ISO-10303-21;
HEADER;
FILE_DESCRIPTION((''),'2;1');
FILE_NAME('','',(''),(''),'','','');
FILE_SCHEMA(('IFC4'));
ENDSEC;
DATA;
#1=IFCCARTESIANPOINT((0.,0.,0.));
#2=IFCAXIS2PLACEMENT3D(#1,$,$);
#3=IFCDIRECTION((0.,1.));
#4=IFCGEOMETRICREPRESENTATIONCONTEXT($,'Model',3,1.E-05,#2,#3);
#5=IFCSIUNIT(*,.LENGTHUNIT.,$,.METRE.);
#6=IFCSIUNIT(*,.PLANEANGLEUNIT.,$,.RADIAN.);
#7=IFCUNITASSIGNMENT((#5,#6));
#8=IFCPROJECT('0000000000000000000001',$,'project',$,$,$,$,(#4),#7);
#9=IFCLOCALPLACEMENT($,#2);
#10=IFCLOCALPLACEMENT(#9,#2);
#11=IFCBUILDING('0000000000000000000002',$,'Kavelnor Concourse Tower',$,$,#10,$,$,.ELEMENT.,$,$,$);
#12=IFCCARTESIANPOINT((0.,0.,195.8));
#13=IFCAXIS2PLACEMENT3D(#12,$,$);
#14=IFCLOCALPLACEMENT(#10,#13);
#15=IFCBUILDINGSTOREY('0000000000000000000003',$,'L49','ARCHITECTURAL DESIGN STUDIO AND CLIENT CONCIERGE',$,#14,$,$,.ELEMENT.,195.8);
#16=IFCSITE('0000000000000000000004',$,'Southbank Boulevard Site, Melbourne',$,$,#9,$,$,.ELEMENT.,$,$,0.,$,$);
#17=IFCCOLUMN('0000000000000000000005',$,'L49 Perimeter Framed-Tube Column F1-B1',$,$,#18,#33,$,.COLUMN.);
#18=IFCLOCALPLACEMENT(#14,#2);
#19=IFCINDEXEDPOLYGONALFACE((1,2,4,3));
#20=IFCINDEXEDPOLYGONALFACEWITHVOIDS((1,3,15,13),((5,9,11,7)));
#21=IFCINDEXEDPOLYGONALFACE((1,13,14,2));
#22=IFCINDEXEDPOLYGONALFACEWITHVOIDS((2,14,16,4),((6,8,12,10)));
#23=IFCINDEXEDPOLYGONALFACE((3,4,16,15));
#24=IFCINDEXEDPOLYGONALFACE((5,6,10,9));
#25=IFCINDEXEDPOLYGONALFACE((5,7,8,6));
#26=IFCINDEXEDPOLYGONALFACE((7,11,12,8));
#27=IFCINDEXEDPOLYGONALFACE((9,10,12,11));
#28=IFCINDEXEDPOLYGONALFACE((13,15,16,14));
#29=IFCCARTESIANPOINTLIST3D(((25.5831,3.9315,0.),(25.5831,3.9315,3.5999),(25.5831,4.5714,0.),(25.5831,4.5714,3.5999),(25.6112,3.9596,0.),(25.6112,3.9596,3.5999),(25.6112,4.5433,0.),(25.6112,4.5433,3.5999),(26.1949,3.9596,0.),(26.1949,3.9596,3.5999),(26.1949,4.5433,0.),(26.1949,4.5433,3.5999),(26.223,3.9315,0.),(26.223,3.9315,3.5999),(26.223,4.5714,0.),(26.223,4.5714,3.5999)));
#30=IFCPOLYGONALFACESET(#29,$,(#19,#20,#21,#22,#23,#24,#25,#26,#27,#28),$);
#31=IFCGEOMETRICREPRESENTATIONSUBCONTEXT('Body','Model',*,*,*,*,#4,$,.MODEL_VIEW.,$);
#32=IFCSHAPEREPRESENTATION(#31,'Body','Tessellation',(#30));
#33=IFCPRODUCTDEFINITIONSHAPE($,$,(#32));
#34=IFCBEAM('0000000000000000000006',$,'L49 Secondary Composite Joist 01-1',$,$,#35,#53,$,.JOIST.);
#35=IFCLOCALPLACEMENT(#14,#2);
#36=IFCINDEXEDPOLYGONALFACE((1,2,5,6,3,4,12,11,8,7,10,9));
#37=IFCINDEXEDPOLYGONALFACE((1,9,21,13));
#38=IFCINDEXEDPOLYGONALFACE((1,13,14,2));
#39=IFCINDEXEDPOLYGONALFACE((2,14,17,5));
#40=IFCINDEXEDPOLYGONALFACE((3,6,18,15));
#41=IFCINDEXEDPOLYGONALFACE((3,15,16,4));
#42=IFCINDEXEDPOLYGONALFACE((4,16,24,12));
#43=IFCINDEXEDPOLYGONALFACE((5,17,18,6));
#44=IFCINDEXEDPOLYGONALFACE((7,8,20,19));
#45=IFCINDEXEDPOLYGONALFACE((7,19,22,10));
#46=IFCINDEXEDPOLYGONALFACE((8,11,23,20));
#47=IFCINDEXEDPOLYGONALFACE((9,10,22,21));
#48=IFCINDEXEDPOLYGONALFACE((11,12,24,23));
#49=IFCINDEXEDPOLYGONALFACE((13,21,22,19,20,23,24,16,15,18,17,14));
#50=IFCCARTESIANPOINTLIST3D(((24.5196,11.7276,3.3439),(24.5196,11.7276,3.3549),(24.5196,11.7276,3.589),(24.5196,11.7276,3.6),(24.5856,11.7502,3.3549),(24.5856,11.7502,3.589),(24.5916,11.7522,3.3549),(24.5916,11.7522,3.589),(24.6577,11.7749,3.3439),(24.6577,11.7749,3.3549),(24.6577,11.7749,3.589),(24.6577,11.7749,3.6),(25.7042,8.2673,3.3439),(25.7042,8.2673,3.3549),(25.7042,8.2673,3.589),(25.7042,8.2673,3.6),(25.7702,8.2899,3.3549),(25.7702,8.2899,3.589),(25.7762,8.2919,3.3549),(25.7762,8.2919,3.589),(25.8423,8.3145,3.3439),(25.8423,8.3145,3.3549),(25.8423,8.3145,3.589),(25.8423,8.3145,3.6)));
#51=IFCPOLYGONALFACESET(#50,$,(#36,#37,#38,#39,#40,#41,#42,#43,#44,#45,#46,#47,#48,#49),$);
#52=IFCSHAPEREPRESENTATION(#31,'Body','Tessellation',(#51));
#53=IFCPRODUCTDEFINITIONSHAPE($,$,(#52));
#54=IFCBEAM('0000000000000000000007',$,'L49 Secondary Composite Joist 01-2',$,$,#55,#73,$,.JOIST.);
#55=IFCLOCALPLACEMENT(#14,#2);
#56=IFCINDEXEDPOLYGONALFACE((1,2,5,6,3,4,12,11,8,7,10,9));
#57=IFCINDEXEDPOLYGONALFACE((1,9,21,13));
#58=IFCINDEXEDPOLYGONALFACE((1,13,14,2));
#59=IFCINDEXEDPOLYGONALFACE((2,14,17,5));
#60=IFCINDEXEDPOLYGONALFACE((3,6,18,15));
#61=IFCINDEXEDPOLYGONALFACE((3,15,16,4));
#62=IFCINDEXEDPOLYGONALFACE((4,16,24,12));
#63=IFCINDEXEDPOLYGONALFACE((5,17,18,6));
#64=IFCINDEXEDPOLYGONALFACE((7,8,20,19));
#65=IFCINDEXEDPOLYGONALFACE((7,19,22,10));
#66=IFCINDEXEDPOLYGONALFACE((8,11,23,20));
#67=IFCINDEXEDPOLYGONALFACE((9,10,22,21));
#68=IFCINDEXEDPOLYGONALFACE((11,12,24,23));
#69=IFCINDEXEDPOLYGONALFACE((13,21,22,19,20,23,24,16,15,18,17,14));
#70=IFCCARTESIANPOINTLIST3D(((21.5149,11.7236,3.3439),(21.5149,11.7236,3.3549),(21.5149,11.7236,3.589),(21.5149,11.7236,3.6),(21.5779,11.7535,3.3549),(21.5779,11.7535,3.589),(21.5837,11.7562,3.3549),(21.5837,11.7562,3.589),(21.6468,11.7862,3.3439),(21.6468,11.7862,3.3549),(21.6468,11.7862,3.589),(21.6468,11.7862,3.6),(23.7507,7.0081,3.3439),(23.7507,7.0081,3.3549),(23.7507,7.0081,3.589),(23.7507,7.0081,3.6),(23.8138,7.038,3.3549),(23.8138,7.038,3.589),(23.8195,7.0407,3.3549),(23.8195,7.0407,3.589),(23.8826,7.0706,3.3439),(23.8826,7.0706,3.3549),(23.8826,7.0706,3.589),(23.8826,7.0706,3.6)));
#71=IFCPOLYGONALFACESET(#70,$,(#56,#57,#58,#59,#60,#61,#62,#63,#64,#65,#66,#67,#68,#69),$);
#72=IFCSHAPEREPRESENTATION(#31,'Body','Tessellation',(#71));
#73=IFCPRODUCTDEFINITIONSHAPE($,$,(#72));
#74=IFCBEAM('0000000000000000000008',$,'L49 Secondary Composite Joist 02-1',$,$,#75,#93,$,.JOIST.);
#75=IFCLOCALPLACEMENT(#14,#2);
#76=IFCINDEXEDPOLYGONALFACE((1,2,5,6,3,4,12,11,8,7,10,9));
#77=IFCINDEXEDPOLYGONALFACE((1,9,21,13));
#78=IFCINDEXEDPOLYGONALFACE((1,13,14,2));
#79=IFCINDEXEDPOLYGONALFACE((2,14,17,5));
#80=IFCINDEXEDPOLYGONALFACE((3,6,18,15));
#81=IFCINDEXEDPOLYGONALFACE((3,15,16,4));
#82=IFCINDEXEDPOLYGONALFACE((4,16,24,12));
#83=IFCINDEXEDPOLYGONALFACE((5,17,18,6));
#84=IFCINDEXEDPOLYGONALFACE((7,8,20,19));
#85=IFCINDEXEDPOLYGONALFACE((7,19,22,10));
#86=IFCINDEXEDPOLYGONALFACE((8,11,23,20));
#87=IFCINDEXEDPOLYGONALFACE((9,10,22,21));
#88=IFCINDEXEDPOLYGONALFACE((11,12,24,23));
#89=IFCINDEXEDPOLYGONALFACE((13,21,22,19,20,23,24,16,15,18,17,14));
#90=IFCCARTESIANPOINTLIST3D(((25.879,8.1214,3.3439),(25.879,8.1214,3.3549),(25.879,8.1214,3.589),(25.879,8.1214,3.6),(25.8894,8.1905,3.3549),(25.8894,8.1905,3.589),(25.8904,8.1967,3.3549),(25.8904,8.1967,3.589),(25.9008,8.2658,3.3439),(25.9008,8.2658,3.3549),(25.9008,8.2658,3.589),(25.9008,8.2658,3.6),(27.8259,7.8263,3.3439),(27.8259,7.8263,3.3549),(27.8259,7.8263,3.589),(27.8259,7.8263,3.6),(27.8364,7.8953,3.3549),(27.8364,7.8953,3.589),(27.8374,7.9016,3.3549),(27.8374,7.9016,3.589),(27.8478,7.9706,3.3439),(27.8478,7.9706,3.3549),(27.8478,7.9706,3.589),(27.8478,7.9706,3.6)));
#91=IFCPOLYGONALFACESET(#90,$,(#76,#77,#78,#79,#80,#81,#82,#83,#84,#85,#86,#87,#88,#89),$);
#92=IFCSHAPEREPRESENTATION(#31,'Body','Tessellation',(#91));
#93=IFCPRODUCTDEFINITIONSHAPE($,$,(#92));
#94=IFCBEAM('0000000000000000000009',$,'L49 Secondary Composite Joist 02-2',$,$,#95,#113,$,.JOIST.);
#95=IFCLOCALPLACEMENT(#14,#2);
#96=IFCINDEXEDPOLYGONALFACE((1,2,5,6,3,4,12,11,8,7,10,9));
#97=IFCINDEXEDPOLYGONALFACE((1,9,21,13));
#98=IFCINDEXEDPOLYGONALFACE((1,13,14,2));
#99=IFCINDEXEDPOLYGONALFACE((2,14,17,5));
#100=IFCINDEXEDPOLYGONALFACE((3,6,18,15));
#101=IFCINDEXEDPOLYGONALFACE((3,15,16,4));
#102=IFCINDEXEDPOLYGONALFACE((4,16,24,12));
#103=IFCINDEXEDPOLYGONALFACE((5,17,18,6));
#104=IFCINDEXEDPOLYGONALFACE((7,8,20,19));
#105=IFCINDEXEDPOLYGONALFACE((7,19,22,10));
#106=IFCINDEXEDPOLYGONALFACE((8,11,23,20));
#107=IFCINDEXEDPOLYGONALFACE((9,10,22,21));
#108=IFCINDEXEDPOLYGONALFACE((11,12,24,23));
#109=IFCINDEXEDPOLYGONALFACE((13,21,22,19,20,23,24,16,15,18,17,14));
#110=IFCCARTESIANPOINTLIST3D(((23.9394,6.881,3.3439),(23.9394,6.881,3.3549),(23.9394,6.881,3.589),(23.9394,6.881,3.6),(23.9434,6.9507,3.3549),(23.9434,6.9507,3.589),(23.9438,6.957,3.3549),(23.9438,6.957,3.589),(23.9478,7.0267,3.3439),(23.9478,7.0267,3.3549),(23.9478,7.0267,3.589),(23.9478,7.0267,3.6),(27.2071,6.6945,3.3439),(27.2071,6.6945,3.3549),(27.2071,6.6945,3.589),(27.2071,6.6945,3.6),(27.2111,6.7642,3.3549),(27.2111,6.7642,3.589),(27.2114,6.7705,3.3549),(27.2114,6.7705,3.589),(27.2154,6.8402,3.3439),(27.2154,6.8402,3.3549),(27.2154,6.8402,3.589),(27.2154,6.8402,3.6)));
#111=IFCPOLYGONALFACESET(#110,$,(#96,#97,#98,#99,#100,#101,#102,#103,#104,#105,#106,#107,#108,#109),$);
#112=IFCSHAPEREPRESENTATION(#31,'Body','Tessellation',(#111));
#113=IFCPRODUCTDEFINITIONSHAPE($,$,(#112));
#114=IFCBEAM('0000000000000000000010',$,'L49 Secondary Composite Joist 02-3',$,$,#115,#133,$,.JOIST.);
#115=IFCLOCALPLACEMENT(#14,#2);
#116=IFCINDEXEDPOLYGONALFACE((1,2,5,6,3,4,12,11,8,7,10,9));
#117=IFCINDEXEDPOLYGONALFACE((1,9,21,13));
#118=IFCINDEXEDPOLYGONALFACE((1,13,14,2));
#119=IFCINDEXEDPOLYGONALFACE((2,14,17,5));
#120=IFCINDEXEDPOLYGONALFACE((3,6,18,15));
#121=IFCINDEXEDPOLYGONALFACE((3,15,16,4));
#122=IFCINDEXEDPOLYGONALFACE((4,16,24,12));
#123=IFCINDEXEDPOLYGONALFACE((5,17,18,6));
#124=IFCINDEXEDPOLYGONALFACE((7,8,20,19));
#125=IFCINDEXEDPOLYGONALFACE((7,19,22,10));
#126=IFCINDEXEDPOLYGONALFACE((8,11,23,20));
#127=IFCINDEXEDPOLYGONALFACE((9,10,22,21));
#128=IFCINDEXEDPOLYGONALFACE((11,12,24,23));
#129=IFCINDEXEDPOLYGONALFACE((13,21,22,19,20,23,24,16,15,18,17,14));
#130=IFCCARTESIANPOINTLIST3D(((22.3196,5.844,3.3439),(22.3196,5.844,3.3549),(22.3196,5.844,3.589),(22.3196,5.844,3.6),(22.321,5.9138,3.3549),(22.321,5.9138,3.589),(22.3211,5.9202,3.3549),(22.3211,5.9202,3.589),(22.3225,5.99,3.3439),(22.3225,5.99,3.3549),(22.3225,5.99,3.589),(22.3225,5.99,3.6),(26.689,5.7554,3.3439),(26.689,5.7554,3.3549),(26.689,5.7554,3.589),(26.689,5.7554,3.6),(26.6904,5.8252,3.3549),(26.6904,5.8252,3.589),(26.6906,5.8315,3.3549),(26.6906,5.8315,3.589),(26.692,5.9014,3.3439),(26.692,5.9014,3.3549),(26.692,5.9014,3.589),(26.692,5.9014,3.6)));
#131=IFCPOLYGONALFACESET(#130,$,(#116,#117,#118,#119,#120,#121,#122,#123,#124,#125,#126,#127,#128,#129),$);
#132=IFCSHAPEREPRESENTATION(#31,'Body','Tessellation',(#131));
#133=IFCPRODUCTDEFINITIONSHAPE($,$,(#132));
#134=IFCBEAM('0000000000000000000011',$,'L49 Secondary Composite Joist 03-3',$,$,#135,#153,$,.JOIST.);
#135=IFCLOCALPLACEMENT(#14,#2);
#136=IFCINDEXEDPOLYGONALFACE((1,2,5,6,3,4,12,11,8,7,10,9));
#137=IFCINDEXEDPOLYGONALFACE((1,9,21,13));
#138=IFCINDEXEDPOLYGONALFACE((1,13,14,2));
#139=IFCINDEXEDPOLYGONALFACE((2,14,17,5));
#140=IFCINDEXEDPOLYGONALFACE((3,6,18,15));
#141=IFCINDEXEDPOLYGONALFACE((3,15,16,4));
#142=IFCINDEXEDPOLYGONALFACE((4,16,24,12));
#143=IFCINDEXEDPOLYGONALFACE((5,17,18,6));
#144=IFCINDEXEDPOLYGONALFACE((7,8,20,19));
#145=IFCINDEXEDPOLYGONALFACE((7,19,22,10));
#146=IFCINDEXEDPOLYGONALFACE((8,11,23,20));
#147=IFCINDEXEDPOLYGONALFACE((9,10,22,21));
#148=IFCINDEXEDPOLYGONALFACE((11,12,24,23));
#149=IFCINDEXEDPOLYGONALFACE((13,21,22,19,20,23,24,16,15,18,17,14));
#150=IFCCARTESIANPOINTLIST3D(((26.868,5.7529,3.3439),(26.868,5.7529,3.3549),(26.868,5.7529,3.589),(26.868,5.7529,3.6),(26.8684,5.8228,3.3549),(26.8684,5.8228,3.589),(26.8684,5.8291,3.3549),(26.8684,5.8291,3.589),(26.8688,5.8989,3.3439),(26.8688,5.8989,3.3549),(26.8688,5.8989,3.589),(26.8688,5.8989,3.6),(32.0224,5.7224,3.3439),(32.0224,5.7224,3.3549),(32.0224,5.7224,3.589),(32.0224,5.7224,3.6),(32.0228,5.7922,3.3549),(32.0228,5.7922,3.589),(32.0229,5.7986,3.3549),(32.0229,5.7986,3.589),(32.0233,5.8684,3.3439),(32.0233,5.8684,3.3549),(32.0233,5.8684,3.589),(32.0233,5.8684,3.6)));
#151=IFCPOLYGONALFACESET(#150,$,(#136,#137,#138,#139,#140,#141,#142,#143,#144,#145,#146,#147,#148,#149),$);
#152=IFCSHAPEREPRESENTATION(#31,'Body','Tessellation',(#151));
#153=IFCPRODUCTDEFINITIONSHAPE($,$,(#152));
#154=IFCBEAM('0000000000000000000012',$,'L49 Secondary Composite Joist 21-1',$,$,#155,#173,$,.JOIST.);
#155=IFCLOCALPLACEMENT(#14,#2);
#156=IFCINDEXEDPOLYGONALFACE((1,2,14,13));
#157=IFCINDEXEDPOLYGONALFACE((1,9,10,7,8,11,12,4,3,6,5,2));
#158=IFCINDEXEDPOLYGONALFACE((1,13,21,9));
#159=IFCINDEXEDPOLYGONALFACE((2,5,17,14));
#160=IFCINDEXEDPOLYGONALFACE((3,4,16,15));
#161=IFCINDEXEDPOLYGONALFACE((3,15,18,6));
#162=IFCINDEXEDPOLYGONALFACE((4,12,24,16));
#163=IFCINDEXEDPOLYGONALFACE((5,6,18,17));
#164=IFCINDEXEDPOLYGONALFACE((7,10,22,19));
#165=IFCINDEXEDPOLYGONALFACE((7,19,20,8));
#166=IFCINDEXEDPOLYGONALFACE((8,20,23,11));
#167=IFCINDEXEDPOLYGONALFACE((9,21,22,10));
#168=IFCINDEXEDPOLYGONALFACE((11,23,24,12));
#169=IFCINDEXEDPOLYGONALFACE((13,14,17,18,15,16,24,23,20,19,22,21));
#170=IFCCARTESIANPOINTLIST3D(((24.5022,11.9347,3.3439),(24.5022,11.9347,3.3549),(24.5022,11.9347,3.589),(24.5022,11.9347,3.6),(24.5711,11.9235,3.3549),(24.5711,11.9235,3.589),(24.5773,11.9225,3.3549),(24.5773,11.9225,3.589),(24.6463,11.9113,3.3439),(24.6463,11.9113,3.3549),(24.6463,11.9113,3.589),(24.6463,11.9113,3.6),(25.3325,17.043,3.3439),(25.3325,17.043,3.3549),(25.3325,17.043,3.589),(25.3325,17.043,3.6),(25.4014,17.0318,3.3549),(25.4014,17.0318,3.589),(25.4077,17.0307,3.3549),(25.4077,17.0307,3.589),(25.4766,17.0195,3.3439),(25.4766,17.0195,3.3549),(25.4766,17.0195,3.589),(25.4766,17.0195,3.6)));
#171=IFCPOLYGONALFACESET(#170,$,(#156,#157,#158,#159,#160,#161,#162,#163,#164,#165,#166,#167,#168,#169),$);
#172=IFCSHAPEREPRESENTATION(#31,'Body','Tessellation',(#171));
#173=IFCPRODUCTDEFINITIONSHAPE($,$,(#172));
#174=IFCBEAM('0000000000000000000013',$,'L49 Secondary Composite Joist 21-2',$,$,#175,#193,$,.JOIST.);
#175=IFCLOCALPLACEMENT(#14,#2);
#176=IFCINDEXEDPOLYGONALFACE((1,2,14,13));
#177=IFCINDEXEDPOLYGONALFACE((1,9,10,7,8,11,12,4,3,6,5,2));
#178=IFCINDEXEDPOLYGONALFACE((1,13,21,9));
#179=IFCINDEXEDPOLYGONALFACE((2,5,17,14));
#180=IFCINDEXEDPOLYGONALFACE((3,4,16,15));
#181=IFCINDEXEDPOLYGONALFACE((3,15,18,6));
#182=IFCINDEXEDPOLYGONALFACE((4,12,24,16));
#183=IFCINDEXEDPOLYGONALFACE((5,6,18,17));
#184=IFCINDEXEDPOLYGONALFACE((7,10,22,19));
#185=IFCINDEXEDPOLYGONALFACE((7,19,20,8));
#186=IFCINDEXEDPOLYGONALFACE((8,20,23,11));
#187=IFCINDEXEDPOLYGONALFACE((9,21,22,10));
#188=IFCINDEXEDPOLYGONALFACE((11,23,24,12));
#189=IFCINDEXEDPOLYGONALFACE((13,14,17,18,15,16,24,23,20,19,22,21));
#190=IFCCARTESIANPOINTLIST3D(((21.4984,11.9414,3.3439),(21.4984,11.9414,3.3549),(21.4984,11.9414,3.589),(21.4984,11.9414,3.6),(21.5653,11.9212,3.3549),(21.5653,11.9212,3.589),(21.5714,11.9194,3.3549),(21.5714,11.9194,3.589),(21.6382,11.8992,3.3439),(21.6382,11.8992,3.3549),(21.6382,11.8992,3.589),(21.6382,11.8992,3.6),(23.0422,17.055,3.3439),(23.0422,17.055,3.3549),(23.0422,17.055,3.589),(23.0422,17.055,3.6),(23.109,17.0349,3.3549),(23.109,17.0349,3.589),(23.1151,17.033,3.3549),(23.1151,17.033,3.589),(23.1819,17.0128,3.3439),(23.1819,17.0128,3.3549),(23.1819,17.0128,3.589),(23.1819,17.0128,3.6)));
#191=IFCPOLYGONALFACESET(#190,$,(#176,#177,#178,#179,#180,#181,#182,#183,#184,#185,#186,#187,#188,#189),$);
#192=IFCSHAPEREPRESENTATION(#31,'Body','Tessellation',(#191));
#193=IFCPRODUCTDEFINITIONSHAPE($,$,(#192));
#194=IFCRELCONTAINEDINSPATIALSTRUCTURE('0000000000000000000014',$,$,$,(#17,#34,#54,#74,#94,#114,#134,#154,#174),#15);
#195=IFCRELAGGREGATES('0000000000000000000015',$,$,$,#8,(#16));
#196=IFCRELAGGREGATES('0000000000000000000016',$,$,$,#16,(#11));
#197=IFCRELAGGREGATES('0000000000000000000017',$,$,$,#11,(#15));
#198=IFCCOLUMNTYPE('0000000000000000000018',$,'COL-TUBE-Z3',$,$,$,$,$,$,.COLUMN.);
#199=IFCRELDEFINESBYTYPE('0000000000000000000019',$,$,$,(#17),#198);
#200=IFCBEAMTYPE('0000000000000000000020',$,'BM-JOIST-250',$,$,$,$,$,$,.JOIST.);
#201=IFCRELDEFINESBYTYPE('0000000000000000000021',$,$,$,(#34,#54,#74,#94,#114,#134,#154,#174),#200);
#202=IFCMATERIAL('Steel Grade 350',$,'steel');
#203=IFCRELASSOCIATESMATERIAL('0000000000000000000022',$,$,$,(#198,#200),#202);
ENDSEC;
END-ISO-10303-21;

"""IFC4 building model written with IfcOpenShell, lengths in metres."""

from ifc_helpers import new_model, si_unit, direction, frame, origin, origin_2d, place, context, subcontext, project, spatial, hollow_rectangle, i_section, extrude, material, material_profile, profile_set, type_object, element, save


model = new_model("IFC4")

# Units and contexts
model_context = context("Model", 3, precision=1e-05, world=origin(), true_north=direction((0.0, 1.0)))
body_context = subcontext(model_context, "Body", "Model", "MODEL_VIEW")
ifc_project = project(units=[si_unit("LENGTHUNIT", "METRE"), si_unit("PLANEANGLEUNIT", "RADIAN")], contexts=[model_context])

# Site, building, storey
site_placement = place(None, origin())
site = spatial("IfcSite", under=ifc_project, at=site_placement, Name="Southbank Boulevard Site, Melbourne", CompositionType="ELEMENT", RefElevation=0.0)
building_placement = place(site_placement, origin())
building = spatial("IfcBuilding", under=site, at=building_placement, Name="Kavelnor Concourse Tower", CompositionType="ELEMENT")
storey_placement = place(building_placement, frame((0.0, 0.0, 195.8)))
storey = spatial("IfcBuildingStorey", under=building, at=storey_placement, Name="L49", Description="ARCHITECTURAL DESIGN STUDIO AND CLIENT CONCIERGE", CompositionType="ELEMENT", Elevation=195.8)

# Column
ifc_material_1 = material(Name="Steel Grade 350", Category="steel")
ifc_material_profile_1 = material_profile(ifc_material_1, hollow_rectangle(XDim=0.6399, YDim=0.6399, WallThickness=0.0281, at=origin_2d()), Name="SHS 640x640x28")
ifc_profile_set_1 = profile_set([ifc_material_profile_1], Name="Steel Grade 350")
column_type = type_object("IfcColumnType", Name="COL-TUBE-Z3", PredefinedType="COLUMN", material=ifc_profile_set_1)
column_placement = place(storey_placement, frame((25.9031, 4.2515, 0.0), z_axis=(0.0, 0.0, 1.0), x_axis=(1.0, 0.0, 0.0)))
element("IfcColumn", 1, at=column_placement, inside=storey, type_object=column_type, Name="L49 Perimeter Framed-Tube Column F1-B1", PredefinedType="COLUMN", context=body_context, shape_type="SweptSolid", body=[
    extrude(hollow_rectangle(XDim=0.6399, YDim=0.6399, WallThickness=0.0281, at=origin_2d()), origin(), (0.0, 0.0, 1.0), 3.5999),
])

# Beams
ifc_material_profile_2 = material_profile(ifc_material_1, i_section(OverallWidth=0.146, OverallDepth=0.2561, WebThickness=0.0063, FlangeThickness=0.011, at=origin_2d()), Name="250UB37")
ifc_profile_set_2 = profile_set([ifc_material_profile_2], Name="Steel Grade 350")
beam_type_1 = type_object("IfcBeamType", Name="BM-JOIST-250", PredefinedType="JOIST", material=ifc_profile_set_2)
beam_1_placement = place(storey_placement, frame((24.5886, 11.7512, 3.4719), z_axis=(0.323887, -0.946096, 0.0), x_axis=(0.946096, 0.323887, 0.0)))
element("IfcBeam", 2, at=beam_1_placement, inside=storey, type_object=beam_type_1, Name="L49 Secondary Composite Joist 01-1", PredefinedType="JOIST", context=body_context, shape_type="SweptSolid", body=[
    extrude(i_section(OverallWidth=0.146, OverallDepth=0.2561, WebThickness=0.0063, FlangeThickness=0.011, at=origin_2d()), origin(), (0.0, 0.0, 1.0), 3.6575),
])
beam_2_placement = place(storey_placement, frame((21.5808, 11.7549, 3.4719), z_axis=(0.428422, -0.903579, 0.0), x_axis=(0.903579, 0.428422, 0.0)))
element("IfcBeam", 3, at=beam_2_placement, inside=storey, type_object=beam_type_1, Name="L49 Secondary Composite Joist 01-2", PredefinedType="JOIST", context=body_context, shape_type="SweptSolid", body=[
    extrude(i_section(OverallWidth=0.146, OverallDepth=0.2561, WebThickness=0.0063, FlangeThickness=0.011, at=origin_2d()), origin(), (0.0, 0.0, 1.0), 5.2188),
])
beam_3_placement = place(storey_placement, frame((25.8899, 8.1936, 3.4719), z_axis=(0.988703, -0.149886, 0.0), x_axis=(0.149886, 0.988703, 0.0)))
element("IfcBeam", 4, at=beam_3_placement, inside=storey, type_object=beam_type_1, Name="L49 Secondary Composite Joist 02-1", PredefinedType="JOIST", context=body_context, shape_type="SweptSolid", body=[
    extrude(i_section(OverallWidth=0.146, OverallDepth=0.2561, WebThickness=0.0063, FlangeThickness=0.011, at=origin_2d()), origin(), (0.0, 0.0, 1.0), 1.9692),
])
beam_4_placement = place(storey_placement, frame((23.9436, 6.9539, 3.4719), z_axis=(0.998375, -0.05699, 0.0), x_axis=(0.05699, 0.998375, 0.0)))
element("IfcBeam", 5, at=beam_4_placement, inside=storey, type_object=beam_type_1, Name="L49 Secondary Composite Joist 02-2", PredefinedType="JOIST", context=body_context, shape_type="SweptSolid", body=[
    extrude(i_section(OverallWidth=0.146, OverallDepth=0.2561, WebThickness=0.0063, FlangeThickness=0.011, at=origin_2d()), origin(), (0.0, 0.0, 1.0), 3.2729),
])
beam_5_placement = place(storey_placement, frame((22.321, 5.917, 3.4719), z_axis=(0.999794, -0.020279, 0.0), x_axis=(0.020279, 0.999794, 0.0)))
element("IfcBeam", 6, at=beam_5_placement, inside=storey, type_object=beam_type_1, Name="L49 Secondary Composite Joist 02-3", PredefinedType="JOIST", context=body_context, shape_type="SweptSolid", body=[
    extrude(i_section(OverallWidth=0.146, OverallDepth=0.2561, WebThickness=0.0063, FlangeThickness=0.011, at=origin_2d()), origin(), (0.0, 0.0, 1.0), 4.3704),
])
beam_6_placement = place(storey_placement, frame((26.8684, 5.8259, 3.4719), z_axis=(0.999982, -0.00592, 0.0), x_axis=(0.00592, 0.999982, 0.0)))
element("IfcBeam", 7, at=beam_6_placement, inside=storey, type_object=beam_type_1, Name="L49 Secondary Composite Joist 03-3", PredefinedType="JOIST", context=body_context, shape_type="SweptSolid", body=[
    extrude(i_section(OverallWidth=0.146, OverallDepth=0.2561, WebThickness=0.0063, FlangeThickness=0.011, at=origin_2d()), origin(), (0.0, 0.0, 1.0), 5.1545),
])
beam_7_placement = place(storey_placement, frame((25.4045, 17.0312, 3.4719), z_axis=(-0.160443, -0.987045, 0.0), x_axis=(0.987045, -0.160443, 0.0)))
element("IfcBeam", 8, at=beam_7_placement, inside=storey, type_object=beam_type_1, Name="L49 Secondary Composite Joist 21-1", PredefinedType="JOIST", context=body_context, shape_type="SweptSolid", body=[
    extrude(i_section(OverallWidth=0.146, OverallDepth=0.2561, WebThickness=0.0063, FlangeThickness=0.011, at=origin_2d()), origin(), (0.0, 0.0, 1.0), 5.1753),
])
beam_8_placement = place(storey_placement, frame((23.1121, 17.0339, 3.4719), z_axis=(-0.289004, -0.957328, 0.0), x_axis=(0.957328, -0.289004, 0.0)))
element("IfcBeam", 9, at=beam_8_placement, inside=storey, type_object=beam_type_1, Name="L49 Secondary Composite Joist 21-2", PredefinedType="JOIST", context=body_context, shape_type="SweptSolid", body=[
    extrude(i_section(OverallWidth=0.146, OverallDepth=0.2561, WebThickness=0.0063, FlangeThickness=0.011, at=origin_2d()), origin(), (0.0, 0.0, 1.0), 5.3416),
])

save(model, "model.ifc")
